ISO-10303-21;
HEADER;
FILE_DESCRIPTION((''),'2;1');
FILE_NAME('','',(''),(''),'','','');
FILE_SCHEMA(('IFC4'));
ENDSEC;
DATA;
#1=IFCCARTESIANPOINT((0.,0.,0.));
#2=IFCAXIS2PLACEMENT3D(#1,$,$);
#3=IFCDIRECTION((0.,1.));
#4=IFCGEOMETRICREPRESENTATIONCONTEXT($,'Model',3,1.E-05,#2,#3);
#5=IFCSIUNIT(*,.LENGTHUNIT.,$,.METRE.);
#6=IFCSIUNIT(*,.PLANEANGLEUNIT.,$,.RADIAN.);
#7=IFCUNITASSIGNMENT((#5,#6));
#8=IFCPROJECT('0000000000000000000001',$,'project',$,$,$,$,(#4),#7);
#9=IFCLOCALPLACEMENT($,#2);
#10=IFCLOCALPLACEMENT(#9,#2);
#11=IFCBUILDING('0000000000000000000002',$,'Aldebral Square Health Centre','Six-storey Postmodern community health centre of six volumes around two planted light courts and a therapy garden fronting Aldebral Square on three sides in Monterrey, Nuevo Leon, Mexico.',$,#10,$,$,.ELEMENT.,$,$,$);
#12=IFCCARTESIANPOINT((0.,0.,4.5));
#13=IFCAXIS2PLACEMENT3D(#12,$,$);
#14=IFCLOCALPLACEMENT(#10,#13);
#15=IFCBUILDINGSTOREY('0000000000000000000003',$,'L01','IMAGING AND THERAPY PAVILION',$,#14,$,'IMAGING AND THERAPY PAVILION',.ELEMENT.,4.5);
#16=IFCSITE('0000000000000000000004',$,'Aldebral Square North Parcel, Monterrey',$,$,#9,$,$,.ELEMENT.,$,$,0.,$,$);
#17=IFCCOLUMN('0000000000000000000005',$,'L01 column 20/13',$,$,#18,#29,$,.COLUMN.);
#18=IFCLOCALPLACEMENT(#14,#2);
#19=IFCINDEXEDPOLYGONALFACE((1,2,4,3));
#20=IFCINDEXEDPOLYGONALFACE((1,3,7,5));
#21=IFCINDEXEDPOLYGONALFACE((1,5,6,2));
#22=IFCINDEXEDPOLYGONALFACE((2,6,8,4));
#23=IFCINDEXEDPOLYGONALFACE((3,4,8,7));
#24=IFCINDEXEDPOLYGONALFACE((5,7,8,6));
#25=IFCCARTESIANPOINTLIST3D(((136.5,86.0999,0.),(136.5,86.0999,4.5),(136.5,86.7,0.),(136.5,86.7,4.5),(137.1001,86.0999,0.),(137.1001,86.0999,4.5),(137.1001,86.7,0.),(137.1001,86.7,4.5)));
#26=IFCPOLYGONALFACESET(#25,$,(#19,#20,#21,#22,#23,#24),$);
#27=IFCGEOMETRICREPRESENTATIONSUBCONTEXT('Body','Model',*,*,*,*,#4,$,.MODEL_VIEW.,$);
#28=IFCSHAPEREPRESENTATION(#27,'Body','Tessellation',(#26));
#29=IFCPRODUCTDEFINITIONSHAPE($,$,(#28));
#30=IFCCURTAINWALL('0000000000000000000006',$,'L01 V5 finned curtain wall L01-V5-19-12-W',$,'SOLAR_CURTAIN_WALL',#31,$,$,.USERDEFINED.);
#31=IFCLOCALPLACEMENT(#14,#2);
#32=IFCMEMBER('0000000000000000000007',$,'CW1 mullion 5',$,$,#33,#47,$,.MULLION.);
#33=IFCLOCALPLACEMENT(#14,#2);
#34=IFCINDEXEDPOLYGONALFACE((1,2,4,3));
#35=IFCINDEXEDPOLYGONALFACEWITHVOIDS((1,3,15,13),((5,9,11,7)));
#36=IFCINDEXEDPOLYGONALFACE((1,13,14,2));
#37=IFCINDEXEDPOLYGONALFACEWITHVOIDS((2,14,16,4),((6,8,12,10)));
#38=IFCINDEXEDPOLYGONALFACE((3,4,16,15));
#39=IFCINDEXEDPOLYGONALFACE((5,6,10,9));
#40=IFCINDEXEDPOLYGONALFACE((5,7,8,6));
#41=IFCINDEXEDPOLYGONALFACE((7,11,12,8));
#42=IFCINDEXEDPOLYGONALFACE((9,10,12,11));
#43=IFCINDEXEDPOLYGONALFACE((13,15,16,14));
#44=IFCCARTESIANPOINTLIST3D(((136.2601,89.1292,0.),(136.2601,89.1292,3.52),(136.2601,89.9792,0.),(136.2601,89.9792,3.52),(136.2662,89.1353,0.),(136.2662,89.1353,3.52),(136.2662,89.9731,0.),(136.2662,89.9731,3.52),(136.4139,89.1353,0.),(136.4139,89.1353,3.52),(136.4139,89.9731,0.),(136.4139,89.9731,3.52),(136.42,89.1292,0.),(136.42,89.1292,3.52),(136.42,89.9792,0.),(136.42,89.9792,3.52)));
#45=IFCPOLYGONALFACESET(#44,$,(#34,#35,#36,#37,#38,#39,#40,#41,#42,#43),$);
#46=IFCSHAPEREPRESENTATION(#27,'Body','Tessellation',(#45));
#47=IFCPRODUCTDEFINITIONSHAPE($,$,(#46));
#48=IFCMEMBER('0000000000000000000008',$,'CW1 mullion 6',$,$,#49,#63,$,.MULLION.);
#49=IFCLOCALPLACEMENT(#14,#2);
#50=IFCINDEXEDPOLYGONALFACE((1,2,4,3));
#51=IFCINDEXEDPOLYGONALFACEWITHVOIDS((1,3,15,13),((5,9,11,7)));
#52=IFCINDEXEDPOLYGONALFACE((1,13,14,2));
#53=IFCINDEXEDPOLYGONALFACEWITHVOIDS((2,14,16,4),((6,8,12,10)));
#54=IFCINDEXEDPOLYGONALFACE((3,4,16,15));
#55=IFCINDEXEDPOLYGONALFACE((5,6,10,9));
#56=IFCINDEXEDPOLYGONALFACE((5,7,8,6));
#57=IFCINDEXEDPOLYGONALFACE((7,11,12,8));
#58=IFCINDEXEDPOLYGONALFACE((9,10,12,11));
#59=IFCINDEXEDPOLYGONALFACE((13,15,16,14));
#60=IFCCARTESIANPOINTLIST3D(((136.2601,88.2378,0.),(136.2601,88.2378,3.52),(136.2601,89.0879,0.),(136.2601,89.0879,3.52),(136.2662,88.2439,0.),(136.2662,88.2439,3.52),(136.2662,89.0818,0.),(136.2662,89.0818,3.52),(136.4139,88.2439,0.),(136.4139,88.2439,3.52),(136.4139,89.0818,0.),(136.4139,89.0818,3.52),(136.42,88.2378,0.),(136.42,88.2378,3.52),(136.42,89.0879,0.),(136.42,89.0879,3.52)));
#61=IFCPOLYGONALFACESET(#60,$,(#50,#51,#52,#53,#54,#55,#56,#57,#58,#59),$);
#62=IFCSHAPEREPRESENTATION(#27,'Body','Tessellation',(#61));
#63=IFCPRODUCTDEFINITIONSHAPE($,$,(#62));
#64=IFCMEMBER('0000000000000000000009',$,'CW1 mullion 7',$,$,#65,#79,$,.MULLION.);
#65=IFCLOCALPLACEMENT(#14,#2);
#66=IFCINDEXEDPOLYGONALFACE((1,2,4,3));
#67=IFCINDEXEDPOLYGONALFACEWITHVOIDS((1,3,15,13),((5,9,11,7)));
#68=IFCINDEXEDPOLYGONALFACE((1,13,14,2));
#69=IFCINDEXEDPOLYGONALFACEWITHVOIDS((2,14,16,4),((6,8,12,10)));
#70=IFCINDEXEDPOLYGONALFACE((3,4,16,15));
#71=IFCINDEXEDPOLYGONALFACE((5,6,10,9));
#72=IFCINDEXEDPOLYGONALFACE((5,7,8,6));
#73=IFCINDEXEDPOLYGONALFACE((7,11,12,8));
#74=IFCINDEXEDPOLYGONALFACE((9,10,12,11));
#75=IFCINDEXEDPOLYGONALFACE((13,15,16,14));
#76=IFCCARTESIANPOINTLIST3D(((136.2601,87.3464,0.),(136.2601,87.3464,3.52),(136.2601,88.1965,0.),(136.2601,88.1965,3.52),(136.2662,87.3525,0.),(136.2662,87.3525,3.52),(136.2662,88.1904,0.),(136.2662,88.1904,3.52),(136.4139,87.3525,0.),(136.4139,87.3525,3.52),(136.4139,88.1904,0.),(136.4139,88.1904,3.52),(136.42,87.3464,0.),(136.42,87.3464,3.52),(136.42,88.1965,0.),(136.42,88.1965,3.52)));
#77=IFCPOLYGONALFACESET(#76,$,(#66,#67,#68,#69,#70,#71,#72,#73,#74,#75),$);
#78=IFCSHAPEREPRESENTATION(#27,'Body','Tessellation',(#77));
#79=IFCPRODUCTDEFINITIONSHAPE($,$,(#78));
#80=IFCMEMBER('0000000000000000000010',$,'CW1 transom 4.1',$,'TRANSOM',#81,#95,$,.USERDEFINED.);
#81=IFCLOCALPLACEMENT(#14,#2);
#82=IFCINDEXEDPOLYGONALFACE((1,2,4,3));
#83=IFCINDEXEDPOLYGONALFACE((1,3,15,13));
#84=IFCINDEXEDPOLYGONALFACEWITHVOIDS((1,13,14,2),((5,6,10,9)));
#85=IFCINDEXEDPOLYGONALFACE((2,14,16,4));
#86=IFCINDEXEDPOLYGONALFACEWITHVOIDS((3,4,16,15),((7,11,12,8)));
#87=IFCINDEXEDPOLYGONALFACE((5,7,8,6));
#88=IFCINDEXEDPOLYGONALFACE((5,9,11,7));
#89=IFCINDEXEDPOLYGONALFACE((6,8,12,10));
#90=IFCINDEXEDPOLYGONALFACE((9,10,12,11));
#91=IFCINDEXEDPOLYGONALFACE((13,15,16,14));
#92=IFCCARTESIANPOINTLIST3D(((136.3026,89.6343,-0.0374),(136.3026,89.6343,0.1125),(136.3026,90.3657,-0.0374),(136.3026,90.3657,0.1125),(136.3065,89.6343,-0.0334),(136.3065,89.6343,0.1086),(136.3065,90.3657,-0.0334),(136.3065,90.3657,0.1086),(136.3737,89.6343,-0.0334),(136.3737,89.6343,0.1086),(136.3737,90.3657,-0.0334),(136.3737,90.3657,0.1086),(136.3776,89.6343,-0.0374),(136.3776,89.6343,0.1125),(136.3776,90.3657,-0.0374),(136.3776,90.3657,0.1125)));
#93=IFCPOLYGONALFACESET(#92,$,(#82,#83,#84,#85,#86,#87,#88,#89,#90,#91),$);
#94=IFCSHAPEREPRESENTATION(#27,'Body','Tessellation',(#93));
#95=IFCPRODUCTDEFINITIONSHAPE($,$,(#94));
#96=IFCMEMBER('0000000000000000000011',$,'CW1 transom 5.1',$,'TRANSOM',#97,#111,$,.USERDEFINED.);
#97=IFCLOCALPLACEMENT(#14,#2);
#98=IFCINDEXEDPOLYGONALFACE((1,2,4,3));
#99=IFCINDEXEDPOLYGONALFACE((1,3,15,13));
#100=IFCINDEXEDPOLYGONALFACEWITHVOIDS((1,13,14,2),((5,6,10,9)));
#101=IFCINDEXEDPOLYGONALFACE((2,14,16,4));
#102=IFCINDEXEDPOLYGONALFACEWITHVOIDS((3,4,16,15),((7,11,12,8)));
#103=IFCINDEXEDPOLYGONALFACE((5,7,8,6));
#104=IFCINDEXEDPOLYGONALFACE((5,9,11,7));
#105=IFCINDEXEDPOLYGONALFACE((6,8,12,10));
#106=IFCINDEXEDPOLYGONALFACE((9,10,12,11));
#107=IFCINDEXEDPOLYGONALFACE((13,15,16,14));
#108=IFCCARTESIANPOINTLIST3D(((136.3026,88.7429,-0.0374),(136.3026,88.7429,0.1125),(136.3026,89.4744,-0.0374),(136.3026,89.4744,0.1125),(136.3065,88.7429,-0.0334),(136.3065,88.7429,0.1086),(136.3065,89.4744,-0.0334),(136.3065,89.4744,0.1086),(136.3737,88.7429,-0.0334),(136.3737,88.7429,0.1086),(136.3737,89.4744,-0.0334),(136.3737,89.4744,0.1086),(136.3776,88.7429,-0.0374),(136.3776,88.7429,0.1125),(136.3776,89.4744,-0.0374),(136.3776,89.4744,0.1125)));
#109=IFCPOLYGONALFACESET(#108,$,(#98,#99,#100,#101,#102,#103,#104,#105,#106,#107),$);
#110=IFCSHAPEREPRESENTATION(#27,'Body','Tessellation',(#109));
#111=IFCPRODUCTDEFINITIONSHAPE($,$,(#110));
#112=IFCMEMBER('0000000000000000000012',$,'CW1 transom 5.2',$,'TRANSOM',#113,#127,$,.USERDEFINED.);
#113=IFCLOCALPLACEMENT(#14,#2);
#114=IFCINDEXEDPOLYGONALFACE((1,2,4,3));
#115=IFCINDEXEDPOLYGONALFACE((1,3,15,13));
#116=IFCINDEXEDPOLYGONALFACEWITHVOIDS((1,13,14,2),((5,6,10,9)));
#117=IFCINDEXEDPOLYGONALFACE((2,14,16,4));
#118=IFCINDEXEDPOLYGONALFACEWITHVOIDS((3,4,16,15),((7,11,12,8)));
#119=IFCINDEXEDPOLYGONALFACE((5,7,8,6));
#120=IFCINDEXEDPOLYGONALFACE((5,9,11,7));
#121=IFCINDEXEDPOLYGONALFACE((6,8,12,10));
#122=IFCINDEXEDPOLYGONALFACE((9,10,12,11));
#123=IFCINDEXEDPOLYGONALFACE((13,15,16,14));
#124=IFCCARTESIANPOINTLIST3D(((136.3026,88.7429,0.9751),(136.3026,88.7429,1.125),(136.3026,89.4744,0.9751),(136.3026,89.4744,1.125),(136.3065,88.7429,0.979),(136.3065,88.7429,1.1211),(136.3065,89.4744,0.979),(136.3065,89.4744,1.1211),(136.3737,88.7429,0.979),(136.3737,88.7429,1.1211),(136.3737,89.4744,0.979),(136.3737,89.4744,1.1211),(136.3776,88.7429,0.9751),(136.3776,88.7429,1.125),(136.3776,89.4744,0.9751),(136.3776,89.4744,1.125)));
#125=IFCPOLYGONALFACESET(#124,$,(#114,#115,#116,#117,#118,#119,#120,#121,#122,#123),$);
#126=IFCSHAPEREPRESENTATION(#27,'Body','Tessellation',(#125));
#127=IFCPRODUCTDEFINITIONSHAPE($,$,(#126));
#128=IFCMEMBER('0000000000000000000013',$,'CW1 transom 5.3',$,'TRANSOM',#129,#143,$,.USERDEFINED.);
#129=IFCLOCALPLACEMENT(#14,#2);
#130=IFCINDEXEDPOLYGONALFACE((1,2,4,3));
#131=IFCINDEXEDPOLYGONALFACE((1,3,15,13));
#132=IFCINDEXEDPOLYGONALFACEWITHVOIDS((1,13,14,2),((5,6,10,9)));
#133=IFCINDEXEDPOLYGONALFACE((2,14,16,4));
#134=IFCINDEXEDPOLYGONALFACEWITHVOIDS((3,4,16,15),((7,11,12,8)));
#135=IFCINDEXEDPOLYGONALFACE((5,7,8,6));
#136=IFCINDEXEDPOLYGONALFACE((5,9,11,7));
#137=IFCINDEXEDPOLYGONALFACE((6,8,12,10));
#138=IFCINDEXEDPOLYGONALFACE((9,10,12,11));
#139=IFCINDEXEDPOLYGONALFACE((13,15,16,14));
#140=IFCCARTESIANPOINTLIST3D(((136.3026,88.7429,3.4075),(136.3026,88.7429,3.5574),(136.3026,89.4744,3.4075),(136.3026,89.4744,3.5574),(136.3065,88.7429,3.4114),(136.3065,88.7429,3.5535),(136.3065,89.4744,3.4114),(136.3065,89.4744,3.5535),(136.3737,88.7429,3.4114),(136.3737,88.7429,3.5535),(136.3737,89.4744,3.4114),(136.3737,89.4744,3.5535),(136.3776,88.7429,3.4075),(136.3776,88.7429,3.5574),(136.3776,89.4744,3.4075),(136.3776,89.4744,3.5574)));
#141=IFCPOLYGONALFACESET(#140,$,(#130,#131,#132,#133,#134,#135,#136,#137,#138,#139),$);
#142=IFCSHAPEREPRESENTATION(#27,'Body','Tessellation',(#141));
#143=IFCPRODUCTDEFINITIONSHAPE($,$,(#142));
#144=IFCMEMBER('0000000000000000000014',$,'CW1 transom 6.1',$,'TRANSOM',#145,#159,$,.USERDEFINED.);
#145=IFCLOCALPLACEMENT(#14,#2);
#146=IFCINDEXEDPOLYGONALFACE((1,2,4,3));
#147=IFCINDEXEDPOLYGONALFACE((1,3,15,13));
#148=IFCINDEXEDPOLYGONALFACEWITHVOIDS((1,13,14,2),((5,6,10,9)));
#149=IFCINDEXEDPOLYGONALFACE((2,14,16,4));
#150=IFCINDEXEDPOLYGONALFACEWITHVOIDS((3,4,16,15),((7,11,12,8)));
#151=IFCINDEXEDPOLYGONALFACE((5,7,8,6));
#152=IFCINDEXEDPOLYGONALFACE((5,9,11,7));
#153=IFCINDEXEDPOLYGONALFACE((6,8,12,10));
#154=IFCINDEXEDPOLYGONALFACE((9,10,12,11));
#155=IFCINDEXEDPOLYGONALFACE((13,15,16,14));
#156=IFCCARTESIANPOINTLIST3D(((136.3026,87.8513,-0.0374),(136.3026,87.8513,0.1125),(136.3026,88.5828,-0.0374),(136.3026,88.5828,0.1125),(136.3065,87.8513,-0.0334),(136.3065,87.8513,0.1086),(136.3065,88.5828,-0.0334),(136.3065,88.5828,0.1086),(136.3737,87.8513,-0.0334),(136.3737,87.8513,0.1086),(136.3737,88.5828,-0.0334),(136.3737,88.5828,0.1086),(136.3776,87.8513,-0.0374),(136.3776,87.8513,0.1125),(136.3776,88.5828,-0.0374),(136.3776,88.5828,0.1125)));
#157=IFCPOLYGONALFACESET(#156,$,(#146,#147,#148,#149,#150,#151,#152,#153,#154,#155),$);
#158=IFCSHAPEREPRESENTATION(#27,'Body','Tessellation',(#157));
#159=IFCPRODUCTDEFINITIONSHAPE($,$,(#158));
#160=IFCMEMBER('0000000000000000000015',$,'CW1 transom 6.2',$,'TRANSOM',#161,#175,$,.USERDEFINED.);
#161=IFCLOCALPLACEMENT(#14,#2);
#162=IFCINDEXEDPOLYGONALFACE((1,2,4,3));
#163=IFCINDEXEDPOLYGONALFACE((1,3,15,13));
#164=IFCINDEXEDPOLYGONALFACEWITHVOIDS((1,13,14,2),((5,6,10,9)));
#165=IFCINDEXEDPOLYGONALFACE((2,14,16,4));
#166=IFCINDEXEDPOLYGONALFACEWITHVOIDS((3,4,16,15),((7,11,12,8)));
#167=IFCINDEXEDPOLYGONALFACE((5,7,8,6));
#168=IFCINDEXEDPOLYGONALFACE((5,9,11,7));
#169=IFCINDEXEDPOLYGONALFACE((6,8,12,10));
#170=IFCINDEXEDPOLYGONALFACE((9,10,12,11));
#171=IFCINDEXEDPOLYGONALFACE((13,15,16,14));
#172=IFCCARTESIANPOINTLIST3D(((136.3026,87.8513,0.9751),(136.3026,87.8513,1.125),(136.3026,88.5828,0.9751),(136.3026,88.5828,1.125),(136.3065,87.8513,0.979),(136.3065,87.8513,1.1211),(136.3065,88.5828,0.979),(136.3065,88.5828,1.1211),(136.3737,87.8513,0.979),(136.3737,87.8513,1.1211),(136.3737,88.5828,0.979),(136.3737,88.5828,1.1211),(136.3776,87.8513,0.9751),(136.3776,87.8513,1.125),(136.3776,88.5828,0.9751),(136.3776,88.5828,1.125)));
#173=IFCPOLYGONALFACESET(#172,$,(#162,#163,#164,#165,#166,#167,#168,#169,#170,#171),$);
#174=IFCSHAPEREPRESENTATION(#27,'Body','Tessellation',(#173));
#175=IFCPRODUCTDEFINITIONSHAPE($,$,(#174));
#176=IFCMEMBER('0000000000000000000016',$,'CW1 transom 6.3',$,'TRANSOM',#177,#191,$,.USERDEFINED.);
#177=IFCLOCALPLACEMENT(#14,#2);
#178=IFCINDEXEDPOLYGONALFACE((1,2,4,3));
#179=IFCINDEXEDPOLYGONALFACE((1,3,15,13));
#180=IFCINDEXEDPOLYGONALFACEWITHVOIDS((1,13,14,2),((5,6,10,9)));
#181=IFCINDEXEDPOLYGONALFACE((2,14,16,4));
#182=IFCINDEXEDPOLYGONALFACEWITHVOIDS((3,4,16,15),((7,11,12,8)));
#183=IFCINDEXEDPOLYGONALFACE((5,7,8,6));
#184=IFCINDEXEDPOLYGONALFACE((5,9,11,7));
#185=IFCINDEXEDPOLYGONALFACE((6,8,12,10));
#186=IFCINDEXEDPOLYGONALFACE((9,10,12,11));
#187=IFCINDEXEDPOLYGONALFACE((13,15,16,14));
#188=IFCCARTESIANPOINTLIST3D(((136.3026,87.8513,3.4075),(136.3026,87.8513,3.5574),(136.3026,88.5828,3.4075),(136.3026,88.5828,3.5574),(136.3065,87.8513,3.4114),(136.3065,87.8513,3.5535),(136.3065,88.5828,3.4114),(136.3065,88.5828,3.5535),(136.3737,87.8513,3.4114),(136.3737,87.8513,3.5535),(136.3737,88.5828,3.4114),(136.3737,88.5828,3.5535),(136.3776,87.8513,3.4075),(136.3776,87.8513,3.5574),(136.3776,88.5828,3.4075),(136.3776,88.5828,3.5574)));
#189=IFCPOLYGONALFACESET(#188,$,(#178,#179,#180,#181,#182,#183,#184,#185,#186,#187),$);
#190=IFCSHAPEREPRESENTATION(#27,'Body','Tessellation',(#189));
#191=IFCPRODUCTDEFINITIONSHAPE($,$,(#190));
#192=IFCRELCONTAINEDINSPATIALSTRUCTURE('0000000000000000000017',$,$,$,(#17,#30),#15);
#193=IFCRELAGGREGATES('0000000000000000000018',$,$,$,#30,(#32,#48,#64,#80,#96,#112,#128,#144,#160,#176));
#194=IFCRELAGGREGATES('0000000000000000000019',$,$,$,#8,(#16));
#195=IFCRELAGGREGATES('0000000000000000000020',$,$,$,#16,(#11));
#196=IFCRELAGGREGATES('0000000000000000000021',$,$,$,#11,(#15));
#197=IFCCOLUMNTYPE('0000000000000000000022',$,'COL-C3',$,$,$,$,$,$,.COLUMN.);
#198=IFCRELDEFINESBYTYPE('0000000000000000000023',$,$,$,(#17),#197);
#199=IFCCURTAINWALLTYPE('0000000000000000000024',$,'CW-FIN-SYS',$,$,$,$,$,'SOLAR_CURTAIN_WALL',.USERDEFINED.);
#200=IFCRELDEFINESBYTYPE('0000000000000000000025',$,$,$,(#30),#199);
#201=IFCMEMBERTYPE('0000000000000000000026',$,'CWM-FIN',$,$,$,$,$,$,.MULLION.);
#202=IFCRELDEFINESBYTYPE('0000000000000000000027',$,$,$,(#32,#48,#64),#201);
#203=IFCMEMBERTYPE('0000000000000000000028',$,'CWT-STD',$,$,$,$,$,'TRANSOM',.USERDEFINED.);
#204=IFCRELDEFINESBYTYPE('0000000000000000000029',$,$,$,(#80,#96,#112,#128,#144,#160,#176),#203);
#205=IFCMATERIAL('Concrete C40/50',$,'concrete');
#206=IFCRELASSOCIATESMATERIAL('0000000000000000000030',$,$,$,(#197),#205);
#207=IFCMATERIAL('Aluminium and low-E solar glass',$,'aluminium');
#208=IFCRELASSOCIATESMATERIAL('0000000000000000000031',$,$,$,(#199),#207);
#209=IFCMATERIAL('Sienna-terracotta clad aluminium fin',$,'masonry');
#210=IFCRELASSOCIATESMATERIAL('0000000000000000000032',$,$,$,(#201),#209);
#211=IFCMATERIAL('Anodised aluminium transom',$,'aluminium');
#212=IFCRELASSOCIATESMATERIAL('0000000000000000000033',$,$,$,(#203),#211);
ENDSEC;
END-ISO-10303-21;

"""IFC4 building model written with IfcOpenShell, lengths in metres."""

from ifc_helpers import new_model, si_unit, direction, frame, origin, origin_2d, place, context, subcontext, project, spatial, rectangle, hollow_rectangle, extrude, material, material_profile, profile_set, type_object, element, aggregate, save


model = new_model("IFC4")

# Units and contexts
model_context = context("Model", 3, precision=1e-05, world=origin(), true_north=direction((0.0, 1.0)))
body_context = subcontext(model_context, "Body", "Model", "MODEL_VIEW")
ifc_project = project(units=[si_unit("LENGTHUNIT", "METRE"), si_unit("PLANEANGLEUNIT", "RADIAN")], contexts=[model_context])

# Site, building, storey
site_placement = place(None, origin())
site = spatial("IfcSite", under=ifc_project, at=site_placement, Name="Aldebral Square North Parcel, Monterrey", CompositionType="ELEMENT", RefElevation=0.0)
building_placement = place(site_placement, origin())
building = spatial("IfcBuilding", under=site, at=building_placement, Name="Aldebral Square Health Centre", Description="Six-storey Postmodern community health centre of six volumes around two planted light courts and a therapy garden fronting Aldebral Square on three sides in Monterrey, Nuevo Leon, Mexico.", CompositionType="ELEMENT")
storey_placement = place(building_placement, frame((0.0, 0.0, 4.5)))
storey = spatial("IfcBuildingStorey", under=building, at=storey_placement, Name="L01", Description="IMAGING AND THERAPY PAVILION", LongName="IMAGING AND THERAPY PAVILION", CompositionType="ELEMENT", Elevation=4.5)

# Column
ifc_material_1 = material(Name="Concrete C40/50", Category="concrete")
ifc_material_profile_1 = material_profile(ifc_material_1, rectangle(XDim=0.6001, YDim=0.6001, at=origin_2d()), Name="RC 600x600")
ifc_profile_set_1 = profile_set([ifc_material_profile_1], Name="Concrete C40/50")
column_type = type_object("IfcColumnType", Name="COL-C3", PredefinedType="COLUMN", material=ifc_profile_set_1)
column_placement = place(storey_placement, frame((136.8, 86.3999, 0.0), z_axis=(0.0, 0.0, 1.0), x_axis=(1.0, 0.0, 0.0)))
element("IfcColumn", 1, at=column_placement, inside=storey, type_object=column_type, Name="L01 column 20/13", PredefinedType="COLUMN", context=body_context, shape_type="SweptSolid", body=[
    extrude(rectangle(XDim=0.6001, YDim=0.6001, at=origin_2d()), origin(), (0.0, 0.0, 1.0), 4.5),
])

# Curtain wall, members
ifc_material_2 = material(Name="Aluminium and low-E solar glass", Category="aluminium")
curtain_wall_type = type_object("IfcCurtainWallType", Name="CW-FIN-SYS", ElementType="SOLAR_CURTAIN_WALL", PredefinedType="USERDEFINED", material=ifc_material_2)
curtain_wall_placement = place(storey_placement, origin())
curtain_wall = element("IfcCurtainWall", 2, at=curtain_wall_placement, inside=storey, type_object=curtain_wall_type, Name="L01 V5 finned curtain wall L01-V5-19-12-W", ObjectType="SOLAR_CURTAIN_WALL", PredefinedType="USERDEFINED")
ifc_material_3 = material(Name="Sienna-terracotta clad aluminium fin", Category="masonry")
ifc_material_profile_2 = material_profile(ifc_material_3, hollow_rectangle(XDim=0.1599, YDim=0.8501, WallThickness=0.0061, at=origin_2d()), Name="FIN 160x850x6")
ifc_profile_set_2 = profile_set([ifc_material_profile_2], Name="Sienna-terracotta clad aluminium fin")
member_type_1 = type_object("IfcMemberType", Name="CWM-FIN", PredefinedType="MULLION", material=ifc_profile_set_2)
member_1_placement = place(storey_placement, frame((136.3401, 89.5542, 0.0), z_axis=(0.0, 0.0, 1.0), x_axis=(1.0, 0.0, 0.0)))
member_1 = element("IfcMember", 3, at=member_1_placement, type_object=member_type_1, Name="CW1 mullion 5", PredefinedType="MULLION", context=body_context, shape_type="SweptSolid", body=[
    extrude(hollow_rectangle(XDim=0.1599, YDim=0.8501, WallThickness=0.0061, at=origin_2d()), origin(), (0.0, 0.0, 1.0), 3.52),
])
member_2_placement = place(storey_placement, frame((136.3401, 88.6628, 0.0), z_axis=(0.0, 0.0, 1.0), x_axis=(1.0, 0.0, 0.0)))
member_2 = element("IfcMember", 4, at=member_2_placement, type_object=member_type_1, Name="CW1 mullion 6", PredefinedType="MULLION", context=body_context, shape_type="SweptSolid", body=[
    extrude(hollow_rectangle(XDim=0.1599, YDim=0.8501, WallThickness=0.0061, at=origin_2d()), origin(), (0.0, 0.0, 1.0), 3.52),
])
member_3_placement = place(storey_placement, frame((136.3401, 87.7715, 0.0), z_axis=(0.0, 0.0, 1.0), x_axis=(1.0, 0.0, 0.0)))
member_3 = element("IfcMember", 5, at=member_3_placement, type_object=member_type_1, Name="CW1 mullion 7", PredefinedType="MULLION", context=body_context, shape_type="SweptSolid", body=[
    extrude(hollow_rectangle(XDim=0.1599, YDim=0.8501, WallThickness=0.0061, at=origin_2d()), origin(), (0.0, 0.0, 1.0), 3.52),
])
ifc_material_4 = material(Name="Anodised aluminium transom", Category="aluminium")
ifc_material_profile_3 = material_profile(ifc_material_4, hollow_rectangle(XDim=0.075, YDim=0.1499, WallThickness=0.0039, at=origin_2d()), Name="CWT 75x150x4")
ifc_profile_set_3 = profile_set([ifc_material_profile_3], Name="Anodised aluminium transom")
member_type_2 = type_object("IfcMemberType", Name="CWT-STD", ElementType="TRANSOM", PredefinedType="USERDEFINED", material=ifc_profile_set_3)
member_4_placement = place(storey_placement, frame((136.3401, 90.3657, 0.0376), z_axis=(0.0, -1.0, 0.0), x_axis=(1.0, 0.0, 0.0)))
member_4 = element("IfcMember", 6, at=member_4_placement, type_object=member_type_2, Name="CW1 transom 4.1", ObjectType="TRANSOM", PredefinedType="USERDEFINED", context=body_context, shape_type="SweptSolid", body=[
    extrude(hollow_rectangle(XDim=0.075, YDim=0.1499, WallThickness=0.0039, at=origin_2d()), origin(), (0.0, 0.0, 1.0), 0.7314),
])
member_5_placement = place(storey_placement, frame((136.3401, 89.4744, 0.0376), z_axis=(0.0, -1.0, 0.0), x_axis=(1.0, 0.0, 0.0)))
member_5 = element("IfcMember", 7, at=member_5_placement, type_object=member_type_2, Name="CW1 transom 5.1", ObjectType="TRANSOM", PredefinedType="USERDEFINED", context=body_context, shape_type="SweptSolid", body=[
    extrude(hollow_rectangle(XDim=0.075, YDim=0.1499, WallThickness=0.0039, at=origin_2d()), origin(), (0.0, 0.0, 1.0), 0.7314),
])
member_6_placement = place(storey_placement, frame((136.3401, 89.4744, 1.05), z_axis=(0.0, -1.0, 0.0), x_axis=(1.0, 0.0, 0.0)))
member_6 = element("IfcMember", 8, at=member_6_placement, type_object=member_type_2, Name="CW1 transom 5.2", ObjectType="TRANSOM", PredefinedType="USERDEFINED", context=body_context, shape_type="SweptSolid", body=[
    extrude(hollow_rectangle(XDim=0.075, YDim=0.1499, WallThickness=0.0039, at=origin_2d()), origin(), (0.0, 0.0, 1.0), 0.7314),
])
member_7_placement = place(storey_placement, frame((136.3401, 89.4744, 3.4824), z_axis=(0.0, -1.0, 0.0), x_axis=(1.0, 0.0, 0.0)))
member_7 = element("IfcMember", 9, at=member_7_placement, type_object=member_type_2, Name="CW1 transom 5.3", ObjectType="TRANSOM", PredefinedType="USERDEFINED", context=body_context, shape_type="SweptSolid", body=[
    extrude(hollow_rectangle(XDim=0.075, YDim=0.1499, WallThickness=0.0039, at=origin_2d()), origin(), (0.0, 0.0, 1.0), 0.7314),
])
member_8_placement = place(storey_placement, frame((136.3401, 88.5828, 0.0376), z_axis=(0.0, -1.0, 0.0), x_axis=(1.0, 0.0, 0.0)))
member_8 = element("IfcMember", 10, at=member_8_placement, type_object=member_type_2, Name="CW1 transom 6.1", ObjectType="TRANSOM", PredefinedType="USERDEFINED", context=body_context, shape_type="SweptSolid", body=[
    extrude(hollow_rectangle(XDim=0.075, YDim=0.1499, WallThickness=0.0039, at=origin_2d()), origin(), (0.0, 0.0, 1.0), 0.7314),
])
member_9_placement = place(storey_placement, frame((136.3401, 88.5828, 1.05), z_axis=(0.0, -1.0, 0.0), x_axis=(1.0, 0.0, 0.0)))
member_9 = element("IfcMember", 11, at=member_9_placement, type_object=member_type_2, Name="CW1 transom 6.2", ObjectType="TRANSOM", PredefinedType="USERDEFINED", context=body_context, shape_type="SweptSolid", body=[
    extrude(hollow_rectangle(XDim=0.075, YDim=0.1499, WallThickness=0.0039, at=origin_2d()), origin(), (0.0, 0.0, 1.0), 0.7314),
])
member_10_placement = place(storey_placement, frame((136.3401, 88.5828, 3.4824), z_axis=(0.0, -1.0, 0.0), x_axis=(1.0, 0.0, 0.0)))
member_10 = element("IfcMember", 12, at=member_10_placement, type_object=member_type_2, Name="CW1 transom 6.3", ObjectType="TRANSOM", PredefinedType="USERDEFINED", context=body_context, shape_type="SweptSolid", body=[
    extrude(hollow_rectangle(XDim=0.075, YDim=0.1499, WallThickness=0.0039, at=origin_2d()), origin(), (0.0, 0.0, 1.0), 0.7314),
])
aggregate(curtain_wall, [member_1, member_2, member_3, member_4, member_5, member_6, member_7, member_8, member_9, member_10])

save(model, "model.ifc")
